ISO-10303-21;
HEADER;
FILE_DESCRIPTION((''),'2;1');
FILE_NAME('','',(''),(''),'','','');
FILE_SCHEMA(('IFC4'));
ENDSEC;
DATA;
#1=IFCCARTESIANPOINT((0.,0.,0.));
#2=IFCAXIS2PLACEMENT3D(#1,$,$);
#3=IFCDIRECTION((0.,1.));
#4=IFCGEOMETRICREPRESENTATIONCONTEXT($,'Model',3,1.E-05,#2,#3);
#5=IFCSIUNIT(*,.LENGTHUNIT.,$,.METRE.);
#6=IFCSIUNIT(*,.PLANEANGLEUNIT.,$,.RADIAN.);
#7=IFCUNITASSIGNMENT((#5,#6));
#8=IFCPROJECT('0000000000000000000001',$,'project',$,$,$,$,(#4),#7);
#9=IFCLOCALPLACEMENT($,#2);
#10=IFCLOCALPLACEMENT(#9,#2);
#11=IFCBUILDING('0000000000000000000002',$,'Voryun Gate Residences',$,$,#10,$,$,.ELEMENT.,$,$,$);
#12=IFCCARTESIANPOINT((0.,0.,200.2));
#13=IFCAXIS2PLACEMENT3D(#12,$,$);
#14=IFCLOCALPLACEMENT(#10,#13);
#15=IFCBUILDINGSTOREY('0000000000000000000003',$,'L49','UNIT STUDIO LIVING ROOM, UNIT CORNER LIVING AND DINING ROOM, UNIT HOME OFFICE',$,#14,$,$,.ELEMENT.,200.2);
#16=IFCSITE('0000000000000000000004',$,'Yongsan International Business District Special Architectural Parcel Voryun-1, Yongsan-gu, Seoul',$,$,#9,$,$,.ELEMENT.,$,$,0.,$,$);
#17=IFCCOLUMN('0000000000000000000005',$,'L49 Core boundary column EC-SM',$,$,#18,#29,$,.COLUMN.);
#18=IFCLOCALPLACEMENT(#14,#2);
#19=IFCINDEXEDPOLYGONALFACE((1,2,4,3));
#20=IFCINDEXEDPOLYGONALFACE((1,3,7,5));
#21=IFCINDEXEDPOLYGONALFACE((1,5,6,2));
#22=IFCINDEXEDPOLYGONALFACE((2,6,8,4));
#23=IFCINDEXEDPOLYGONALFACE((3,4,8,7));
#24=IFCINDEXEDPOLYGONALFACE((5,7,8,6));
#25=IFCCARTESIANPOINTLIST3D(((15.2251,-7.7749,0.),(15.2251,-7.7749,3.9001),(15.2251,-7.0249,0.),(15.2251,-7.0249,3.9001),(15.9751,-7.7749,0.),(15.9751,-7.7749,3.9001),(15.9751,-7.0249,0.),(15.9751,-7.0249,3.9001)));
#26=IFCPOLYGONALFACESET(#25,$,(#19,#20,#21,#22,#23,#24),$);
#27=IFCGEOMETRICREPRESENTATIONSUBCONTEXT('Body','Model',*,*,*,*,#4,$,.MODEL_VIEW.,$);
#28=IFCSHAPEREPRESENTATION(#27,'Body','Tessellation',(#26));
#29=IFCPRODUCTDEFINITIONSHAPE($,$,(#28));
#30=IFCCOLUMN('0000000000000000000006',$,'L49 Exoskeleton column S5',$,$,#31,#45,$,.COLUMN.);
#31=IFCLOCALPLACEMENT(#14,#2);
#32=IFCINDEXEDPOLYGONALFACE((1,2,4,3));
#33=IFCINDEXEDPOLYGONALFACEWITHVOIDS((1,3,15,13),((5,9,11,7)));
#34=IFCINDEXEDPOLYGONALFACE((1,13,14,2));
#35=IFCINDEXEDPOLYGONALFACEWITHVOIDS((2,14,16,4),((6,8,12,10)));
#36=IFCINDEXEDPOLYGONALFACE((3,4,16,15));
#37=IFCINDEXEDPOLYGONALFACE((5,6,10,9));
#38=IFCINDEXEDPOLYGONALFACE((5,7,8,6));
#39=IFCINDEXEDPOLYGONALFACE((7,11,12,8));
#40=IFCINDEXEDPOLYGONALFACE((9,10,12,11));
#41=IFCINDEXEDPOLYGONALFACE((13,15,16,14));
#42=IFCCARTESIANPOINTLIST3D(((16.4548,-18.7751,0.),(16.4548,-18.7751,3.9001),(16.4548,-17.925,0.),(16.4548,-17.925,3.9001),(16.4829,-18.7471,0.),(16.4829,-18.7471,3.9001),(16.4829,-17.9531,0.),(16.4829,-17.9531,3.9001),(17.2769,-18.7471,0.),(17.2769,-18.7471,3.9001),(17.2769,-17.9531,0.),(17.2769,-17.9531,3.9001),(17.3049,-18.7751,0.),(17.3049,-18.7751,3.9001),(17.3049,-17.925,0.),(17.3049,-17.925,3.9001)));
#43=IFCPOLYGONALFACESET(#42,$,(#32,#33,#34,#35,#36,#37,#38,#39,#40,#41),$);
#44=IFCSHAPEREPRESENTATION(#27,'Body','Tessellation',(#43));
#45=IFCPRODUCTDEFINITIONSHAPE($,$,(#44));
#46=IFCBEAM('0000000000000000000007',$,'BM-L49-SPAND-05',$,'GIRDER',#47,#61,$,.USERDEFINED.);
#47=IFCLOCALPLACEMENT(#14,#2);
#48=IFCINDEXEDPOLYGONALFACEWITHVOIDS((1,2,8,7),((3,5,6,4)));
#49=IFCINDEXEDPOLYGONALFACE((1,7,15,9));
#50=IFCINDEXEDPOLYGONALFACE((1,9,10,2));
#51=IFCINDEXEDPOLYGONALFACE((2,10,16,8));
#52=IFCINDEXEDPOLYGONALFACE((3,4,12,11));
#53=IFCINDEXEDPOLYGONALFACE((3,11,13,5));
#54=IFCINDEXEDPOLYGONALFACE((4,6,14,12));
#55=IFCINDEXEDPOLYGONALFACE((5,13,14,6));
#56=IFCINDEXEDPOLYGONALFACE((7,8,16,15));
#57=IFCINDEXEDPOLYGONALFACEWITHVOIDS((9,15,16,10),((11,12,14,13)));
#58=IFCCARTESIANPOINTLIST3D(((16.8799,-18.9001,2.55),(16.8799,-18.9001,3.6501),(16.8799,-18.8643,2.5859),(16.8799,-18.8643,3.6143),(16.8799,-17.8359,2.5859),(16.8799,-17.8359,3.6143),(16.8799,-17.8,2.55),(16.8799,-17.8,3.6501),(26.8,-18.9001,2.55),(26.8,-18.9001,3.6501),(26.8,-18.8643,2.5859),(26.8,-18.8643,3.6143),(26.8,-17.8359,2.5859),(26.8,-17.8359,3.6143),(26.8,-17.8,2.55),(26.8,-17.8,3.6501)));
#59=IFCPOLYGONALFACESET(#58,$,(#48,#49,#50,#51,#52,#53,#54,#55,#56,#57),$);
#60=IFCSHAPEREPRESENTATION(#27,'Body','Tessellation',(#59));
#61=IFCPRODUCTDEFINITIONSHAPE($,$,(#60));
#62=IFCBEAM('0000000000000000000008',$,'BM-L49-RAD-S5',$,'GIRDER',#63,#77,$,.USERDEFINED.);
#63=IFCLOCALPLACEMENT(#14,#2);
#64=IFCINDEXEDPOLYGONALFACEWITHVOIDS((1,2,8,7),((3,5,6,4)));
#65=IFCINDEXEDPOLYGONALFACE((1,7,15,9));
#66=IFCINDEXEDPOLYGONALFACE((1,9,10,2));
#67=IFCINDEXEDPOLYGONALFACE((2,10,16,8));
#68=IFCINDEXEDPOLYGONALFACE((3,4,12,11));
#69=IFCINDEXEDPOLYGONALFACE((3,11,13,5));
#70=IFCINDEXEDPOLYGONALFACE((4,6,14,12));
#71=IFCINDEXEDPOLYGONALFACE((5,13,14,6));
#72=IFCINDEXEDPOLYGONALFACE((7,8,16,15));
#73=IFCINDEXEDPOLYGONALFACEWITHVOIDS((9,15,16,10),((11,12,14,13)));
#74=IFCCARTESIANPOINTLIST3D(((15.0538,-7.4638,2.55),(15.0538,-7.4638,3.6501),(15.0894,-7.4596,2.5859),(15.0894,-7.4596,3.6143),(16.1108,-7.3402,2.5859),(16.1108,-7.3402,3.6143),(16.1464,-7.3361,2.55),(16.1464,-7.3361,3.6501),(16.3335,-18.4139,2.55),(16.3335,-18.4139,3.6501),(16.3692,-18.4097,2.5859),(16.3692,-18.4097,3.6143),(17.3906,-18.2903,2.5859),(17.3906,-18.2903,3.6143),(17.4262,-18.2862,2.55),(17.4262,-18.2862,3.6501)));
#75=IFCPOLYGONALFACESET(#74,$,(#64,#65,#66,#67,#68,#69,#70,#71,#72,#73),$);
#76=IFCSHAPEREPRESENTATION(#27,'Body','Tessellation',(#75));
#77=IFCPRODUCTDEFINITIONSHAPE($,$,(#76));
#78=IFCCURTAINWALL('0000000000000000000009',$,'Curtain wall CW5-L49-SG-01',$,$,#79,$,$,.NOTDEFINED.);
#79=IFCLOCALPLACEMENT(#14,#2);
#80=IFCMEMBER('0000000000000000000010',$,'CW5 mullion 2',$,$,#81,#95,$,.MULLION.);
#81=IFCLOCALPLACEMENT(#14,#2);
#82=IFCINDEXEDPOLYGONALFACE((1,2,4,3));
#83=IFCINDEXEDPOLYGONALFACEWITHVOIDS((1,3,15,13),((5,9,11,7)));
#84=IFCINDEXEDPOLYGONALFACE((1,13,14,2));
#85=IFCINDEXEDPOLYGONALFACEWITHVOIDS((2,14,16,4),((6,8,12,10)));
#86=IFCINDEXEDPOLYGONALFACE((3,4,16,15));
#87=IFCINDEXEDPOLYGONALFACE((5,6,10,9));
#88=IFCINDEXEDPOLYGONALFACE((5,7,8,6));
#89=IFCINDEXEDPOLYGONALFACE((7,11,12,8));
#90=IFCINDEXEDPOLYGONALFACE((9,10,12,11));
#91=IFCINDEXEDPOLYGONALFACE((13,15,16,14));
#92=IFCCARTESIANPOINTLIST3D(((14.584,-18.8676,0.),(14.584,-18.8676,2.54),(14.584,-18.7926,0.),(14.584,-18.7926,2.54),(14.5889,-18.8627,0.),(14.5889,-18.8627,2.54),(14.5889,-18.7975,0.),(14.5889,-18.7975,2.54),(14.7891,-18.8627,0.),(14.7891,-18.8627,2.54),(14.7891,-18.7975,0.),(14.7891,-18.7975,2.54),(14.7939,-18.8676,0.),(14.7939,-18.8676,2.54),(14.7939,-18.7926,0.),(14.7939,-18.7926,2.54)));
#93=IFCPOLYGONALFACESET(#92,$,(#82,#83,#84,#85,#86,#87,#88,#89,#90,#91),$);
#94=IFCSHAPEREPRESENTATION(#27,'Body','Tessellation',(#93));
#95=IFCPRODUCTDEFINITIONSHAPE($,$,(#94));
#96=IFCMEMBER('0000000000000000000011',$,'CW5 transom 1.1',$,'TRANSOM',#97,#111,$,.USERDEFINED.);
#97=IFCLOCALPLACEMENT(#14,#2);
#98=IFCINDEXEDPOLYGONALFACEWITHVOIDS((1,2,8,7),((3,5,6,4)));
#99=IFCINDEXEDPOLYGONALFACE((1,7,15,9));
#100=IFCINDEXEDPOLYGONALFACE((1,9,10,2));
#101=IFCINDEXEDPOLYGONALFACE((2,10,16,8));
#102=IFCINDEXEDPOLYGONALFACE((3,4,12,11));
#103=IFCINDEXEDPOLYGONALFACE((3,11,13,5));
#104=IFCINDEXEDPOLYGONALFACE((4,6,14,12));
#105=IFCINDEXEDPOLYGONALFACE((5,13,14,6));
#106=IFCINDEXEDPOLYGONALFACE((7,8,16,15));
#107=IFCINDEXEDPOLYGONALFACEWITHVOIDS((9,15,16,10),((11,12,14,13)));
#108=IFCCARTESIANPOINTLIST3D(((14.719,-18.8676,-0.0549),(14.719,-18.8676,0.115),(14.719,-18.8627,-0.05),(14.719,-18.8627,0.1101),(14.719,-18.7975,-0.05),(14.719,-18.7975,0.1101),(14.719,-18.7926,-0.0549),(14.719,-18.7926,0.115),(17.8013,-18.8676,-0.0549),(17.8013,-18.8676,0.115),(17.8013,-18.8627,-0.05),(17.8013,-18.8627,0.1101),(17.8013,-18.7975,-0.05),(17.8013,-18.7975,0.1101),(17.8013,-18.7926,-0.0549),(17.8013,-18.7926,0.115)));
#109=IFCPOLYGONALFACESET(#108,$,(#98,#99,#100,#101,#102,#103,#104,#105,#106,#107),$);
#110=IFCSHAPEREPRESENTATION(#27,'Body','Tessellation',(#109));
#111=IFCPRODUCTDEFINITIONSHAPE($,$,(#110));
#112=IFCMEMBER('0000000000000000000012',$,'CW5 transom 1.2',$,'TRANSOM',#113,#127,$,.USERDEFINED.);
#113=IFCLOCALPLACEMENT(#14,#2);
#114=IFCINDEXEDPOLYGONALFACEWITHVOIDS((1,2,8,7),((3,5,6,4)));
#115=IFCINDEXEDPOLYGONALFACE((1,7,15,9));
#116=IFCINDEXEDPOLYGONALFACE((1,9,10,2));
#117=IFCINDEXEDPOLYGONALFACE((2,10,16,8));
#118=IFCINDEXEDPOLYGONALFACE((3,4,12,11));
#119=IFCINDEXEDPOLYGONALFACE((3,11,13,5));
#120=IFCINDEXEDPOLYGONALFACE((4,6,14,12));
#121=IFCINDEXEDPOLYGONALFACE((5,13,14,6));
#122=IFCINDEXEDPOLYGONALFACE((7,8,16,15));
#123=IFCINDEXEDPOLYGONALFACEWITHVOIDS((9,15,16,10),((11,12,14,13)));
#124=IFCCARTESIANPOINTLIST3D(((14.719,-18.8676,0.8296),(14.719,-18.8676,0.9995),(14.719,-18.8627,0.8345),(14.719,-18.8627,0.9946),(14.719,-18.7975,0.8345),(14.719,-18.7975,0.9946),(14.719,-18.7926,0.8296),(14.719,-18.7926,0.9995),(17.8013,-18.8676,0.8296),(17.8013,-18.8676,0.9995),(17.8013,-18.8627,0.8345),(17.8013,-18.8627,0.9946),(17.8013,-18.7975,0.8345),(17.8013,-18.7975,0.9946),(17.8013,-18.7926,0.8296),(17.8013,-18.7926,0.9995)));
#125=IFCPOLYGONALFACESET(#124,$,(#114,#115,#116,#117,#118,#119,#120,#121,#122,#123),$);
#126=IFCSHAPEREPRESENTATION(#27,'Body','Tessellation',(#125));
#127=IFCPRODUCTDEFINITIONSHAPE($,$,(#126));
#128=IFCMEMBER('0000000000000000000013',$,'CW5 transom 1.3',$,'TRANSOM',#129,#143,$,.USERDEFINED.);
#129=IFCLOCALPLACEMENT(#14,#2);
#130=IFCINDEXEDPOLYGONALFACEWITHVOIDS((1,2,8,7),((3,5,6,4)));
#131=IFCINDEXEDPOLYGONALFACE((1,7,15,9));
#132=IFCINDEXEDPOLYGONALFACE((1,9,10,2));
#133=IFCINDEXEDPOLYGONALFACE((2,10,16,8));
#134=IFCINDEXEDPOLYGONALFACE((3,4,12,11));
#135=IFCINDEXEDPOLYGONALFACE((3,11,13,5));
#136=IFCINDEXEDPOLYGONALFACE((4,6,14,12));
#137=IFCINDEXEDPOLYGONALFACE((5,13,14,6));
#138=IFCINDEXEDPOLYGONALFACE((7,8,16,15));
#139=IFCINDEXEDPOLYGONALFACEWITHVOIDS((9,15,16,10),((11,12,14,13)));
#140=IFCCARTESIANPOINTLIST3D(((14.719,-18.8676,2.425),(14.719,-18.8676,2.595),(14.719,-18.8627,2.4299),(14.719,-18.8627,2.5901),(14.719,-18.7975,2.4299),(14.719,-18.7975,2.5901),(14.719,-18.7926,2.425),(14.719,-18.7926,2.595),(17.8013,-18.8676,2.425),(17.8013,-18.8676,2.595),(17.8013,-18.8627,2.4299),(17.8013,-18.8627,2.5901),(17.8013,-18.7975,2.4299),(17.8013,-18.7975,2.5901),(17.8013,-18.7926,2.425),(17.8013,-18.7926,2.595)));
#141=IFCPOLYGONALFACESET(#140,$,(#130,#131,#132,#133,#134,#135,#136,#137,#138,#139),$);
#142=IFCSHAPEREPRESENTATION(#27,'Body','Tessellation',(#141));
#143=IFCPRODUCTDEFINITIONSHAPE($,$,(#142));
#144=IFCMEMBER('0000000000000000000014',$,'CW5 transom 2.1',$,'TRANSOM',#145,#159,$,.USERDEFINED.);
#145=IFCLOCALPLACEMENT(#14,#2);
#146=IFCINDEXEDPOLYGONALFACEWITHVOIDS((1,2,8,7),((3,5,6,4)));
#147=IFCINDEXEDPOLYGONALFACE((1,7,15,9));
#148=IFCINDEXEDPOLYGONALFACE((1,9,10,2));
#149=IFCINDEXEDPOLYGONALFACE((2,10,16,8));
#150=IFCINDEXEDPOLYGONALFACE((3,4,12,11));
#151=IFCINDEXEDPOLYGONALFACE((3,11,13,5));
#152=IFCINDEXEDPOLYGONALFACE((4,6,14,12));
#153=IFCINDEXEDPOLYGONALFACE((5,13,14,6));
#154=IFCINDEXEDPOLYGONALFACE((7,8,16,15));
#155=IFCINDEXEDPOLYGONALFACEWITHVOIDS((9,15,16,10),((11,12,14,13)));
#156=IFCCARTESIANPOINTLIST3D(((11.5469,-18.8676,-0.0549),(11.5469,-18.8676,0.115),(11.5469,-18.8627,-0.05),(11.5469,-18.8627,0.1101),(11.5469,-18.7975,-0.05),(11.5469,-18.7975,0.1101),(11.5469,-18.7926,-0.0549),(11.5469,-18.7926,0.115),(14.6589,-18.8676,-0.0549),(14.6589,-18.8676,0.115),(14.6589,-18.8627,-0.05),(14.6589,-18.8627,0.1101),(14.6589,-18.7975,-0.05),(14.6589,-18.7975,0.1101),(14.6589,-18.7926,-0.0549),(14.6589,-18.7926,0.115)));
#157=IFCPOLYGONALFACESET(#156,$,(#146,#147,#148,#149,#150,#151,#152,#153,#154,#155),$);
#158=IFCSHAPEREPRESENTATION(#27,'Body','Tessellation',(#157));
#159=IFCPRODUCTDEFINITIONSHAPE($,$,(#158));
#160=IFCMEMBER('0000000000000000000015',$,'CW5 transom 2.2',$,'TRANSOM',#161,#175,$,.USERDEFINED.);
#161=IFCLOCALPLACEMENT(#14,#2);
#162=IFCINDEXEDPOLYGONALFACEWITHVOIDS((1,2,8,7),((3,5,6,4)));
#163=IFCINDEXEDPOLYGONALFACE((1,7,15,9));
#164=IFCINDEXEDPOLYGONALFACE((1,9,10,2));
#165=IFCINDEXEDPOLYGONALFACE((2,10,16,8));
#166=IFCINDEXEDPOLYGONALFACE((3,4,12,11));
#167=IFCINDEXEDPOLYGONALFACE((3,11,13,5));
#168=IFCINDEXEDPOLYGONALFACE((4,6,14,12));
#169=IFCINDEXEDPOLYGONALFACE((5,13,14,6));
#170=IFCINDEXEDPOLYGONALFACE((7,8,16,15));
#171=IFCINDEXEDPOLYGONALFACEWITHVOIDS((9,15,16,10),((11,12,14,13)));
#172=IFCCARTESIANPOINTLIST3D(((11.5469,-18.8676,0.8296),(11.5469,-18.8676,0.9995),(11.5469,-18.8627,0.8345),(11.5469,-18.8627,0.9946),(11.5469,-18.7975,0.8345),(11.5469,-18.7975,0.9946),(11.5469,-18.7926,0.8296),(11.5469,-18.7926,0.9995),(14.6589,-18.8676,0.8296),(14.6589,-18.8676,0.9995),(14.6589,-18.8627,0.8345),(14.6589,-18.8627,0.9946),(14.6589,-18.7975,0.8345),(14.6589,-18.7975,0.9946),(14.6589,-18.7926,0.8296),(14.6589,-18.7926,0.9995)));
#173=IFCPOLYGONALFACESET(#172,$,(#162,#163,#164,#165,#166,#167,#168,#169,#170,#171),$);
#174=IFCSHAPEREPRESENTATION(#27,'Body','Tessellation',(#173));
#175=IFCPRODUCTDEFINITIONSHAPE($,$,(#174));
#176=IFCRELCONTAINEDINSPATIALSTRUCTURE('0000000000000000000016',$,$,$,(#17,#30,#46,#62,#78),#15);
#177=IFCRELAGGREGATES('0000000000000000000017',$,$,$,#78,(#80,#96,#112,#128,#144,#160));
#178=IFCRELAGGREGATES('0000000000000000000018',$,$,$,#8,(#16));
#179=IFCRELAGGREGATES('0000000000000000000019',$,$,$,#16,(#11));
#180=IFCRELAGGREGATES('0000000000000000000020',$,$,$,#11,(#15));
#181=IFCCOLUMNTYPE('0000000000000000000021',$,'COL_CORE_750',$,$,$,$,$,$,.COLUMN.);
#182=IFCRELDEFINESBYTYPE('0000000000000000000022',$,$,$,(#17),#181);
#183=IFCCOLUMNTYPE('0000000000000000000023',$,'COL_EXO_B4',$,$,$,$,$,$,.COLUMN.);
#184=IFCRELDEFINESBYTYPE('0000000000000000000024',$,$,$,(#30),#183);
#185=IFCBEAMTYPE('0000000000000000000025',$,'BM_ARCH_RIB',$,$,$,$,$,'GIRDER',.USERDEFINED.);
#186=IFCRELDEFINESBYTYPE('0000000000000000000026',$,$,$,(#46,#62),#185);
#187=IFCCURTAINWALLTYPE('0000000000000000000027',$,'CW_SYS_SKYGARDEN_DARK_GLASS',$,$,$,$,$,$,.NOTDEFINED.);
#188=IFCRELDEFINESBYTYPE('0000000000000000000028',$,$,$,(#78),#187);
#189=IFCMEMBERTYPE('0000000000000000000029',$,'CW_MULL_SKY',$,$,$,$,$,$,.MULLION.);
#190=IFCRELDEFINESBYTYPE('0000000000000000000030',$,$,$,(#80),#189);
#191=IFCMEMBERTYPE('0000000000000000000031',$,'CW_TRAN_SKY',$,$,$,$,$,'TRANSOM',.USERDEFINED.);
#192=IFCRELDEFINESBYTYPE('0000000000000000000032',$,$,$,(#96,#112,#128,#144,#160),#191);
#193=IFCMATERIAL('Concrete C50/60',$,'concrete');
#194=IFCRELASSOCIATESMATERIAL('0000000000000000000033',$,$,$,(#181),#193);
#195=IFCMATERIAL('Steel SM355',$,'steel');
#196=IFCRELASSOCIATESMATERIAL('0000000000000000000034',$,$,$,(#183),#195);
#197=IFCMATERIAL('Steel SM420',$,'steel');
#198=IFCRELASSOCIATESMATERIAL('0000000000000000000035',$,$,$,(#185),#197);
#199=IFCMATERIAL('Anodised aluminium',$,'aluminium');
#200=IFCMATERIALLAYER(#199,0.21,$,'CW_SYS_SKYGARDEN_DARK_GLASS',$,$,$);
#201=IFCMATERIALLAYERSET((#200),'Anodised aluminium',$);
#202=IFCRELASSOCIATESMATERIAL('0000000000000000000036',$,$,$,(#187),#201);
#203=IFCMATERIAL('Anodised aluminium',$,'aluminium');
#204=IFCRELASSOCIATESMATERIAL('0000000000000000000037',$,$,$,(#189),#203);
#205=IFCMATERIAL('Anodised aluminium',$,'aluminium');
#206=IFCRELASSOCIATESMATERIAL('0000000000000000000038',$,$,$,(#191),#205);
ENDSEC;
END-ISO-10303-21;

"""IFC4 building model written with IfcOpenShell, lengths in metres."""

from ifc_helpers import new_model, si_unit, direction, frame, origin, origin_2d, place, context, subcontext, project, spatial, rectangle, hollow_rectangle, extrude, material, layer, layer_set, material_profile, profile_set, type_object, element, aggregate, save


model = new_model("IFC4")

# Units and contexts
model_context = context("Model", 3, precision=1e-05, world=origin(), true_north=direction((0.0, 1.0)))
body_context = subcontext(model_context, "Body", "Model", "MODEL_VIEW")
ifc_project = project(units=[si_unit("LENGTHUNIT", "METRE"), si_unit("PLANEANGLEUNIT", "RADIAN")], contexts=[model_context])

# Site, building, storey
site_placement = place(None, origin())
site = spatial("IfcSite", under=ifc_project, at=site_placement, Name="Yongsan International Business District Special Architectural Parcel Voryun-1, Yongsan-gu, Seoul", CompositionType="ELEMENT", RefElevation=0.0)
building_placement = place(site_placement, origin())
building = spatial("IfcBuilding", under=site, at=building_placement, Name="Voryun Gate Residences", CompositionType="ELEMENT")
storey_placement = place(building_placement, frame((0.0, 0.0, 200.2)))
storey = spatial("IfcBuildingStorey", under=building, at=storey_placement, Name="L49", Description="UNIT STUDIO LIVING ROOM, UNIT CORNER LIVING AND DINING ROOM, UNIT HOME OFFICE", CompositionType="ELEMENT", Elevation=200.2)

# Columns
ifc_material_1 = material(Name="Concrete C50/60", Category="concrete")
ifc_material_profile_1 = material_profile(ifc_material_1, rectangle(XDim=0.75, YDim=0.75, at=origin_2d()), Name="RC-750x750")
ifc_profile_set_1 = profile_set([ifc_material_profile_1], Name="Concrete C50/60")
column_type_1 = type_object("IfcColumnType", Name="COL_CORE_750", PredefinedType="COLUMN", material=ifc_profile_set_1)
column_1_placement = place(storey_placement, frame((15.6001, -7.3999, 0.0), z_axis=(0.0, 0.0, 1.0), x_axis=(1.0, 0.0, 0.0)))
element("IfcColumn", 1, at=column_1_placement, inside=storey, type_object=column_type_1, Name="L49 Core boundary column EC-SM", PredefinedType="COLUMN", context=body_context, shape_type="SweptSolid", body=[
    extrude(rectangle(XDim=0.75, YDim=0.75, at=origin_2d()), origin(), (0.0, 0.0, 1.0), 3.9001),
])
ifc_material_2 = material(Name="Steel SM355", Category="steel")
ifc_material_profile_2 = material_profile(ifc_material_2, hollow_rectangle(XDim=0.8501, YDim=0.8501, WallThickness=0.0281, at=origin_2d()), Name="BOX-850x850x28")
ifc_profile_set_2 = profile_set([ifc_material_profile_2], Name="Steel SM355")
column_type_2 = type_object("IfcColumnType", Name="COL_EXO_B4", PredefinedType="COLUMN", material=ifc_profile_set_2)
column_2_placement = place(storey_placement, frame((16.8799, -18.3501, 0.0), z_axis=(0.0, 0.0, 1.0), x_axis=(1.0, 0.0, 0.0)))
element("IfcColumn", 2, at=column_2_placement, inside=storey, type_object=column_type_2, Name="L49 Exoskeleton column S5", PredefinedType="COLUMN", context=body_context, shape_type="SweptSolid", body=[
    extrude(hollow_rectangle(XDim=0.8501, YDim=0.8501, WallThickness=0.0281, at=origin_2d()), origin(), (0.0, 0.0, 1.0), 3.9001),
])

# Beams
ifc_material_3 = material(Name="Steel SM420", Category="steel")
ifc_material_profile_3 = material_profile(ifc_material_3, hollow_rectangle(XDim=1.1001, YDim=1.1001, WallThickness=0.0359, at=origin_2d()), Name="BOX-1100x1100x36")
ifc_profile_set_3 = profile_set([ifc_material_profile_3], Name="Steel SM420")
beam_type = type_object("IfcBeamType", Name="BM_ARCH_RIB", ElementType="GIRDER", PredefinedType="USERDEFINED", material=ifc_profile_set_3)
beam_1_placement = place(storey_placement, frame((16.8799, -18.3501, 3.1001), z_axis=(1.0, 0.0, 0.0), x_axis=(0.0, 1.0, 0.0)))
element("IfcBeam", 3, at=beam_1_placement, inside=storey, type_object=beam_type, Name="BM-L49-SPAND-05", ObjectType="GIRDER", PredefinedType="USERDEFINED", context=body_context, shape_type="SweptSolid", body=[
    extrude(hollow_rectangle(XDim=1.1001, YDim=1.1001, WallThickness=0.0359, at=origin_2d()), origin(), (0.0, 0.0, 1.0), 9.9202),
])
beam_2_placement = place(storey_placement, frame((15.6001, -7.3999, 3.1001), z_axis=(0.116083, -0.993239, 0.0), x_axis=(0.993239, 0.116083, 0.0)))
element("IfcBeam", 4, at=beam_2_placement, inside=storey, type_object=beam_type, Name="BM-L49-RAD-S5", ObjectType="GIRDER", PredefinedType="USERDEFINED", context=body_context, shape_type="SweptSolid", body=[
    extrude(hollow_rectangle(XDim=1.1001, YDim=1.1001, WallThickness=0.0359, at=origin_2d()), origin(), (0.0, 0.0, 1.0), 11.0247),
])

# Curtain wall, members
ifc_material_4 = material(Name="Anodised aluminium", Category="aluminium")
ifc_layer_1 = layer(ifc_material_4, 0.21, Name="CW_SYS_SKYGARDEN_DARK_GLASS")
ifc_layer_set_1 = layer_set([ifc_layer_1], Name="Anodised aluminium")
curtain_wall_type = type_object("IfcCurtainWallType", Name="CW_SYS_SKYGARDEN_DARK_GLASS", PredefinedType="NOTDEFINED", material=ifc_layer_set_1)
curtain_wall_placement = place(storey_placement, origin())
curtain_wall = element("IfcCurtainWall", 5, at=curtain_wall_placement, inside=storey, type_object=curtain_wall_type, Name="Curtain wall CW5-L49-SG-01", PredefinedType="NOTDEFINED")
ifc_material_5 = material(Name="Anodised aluminium", Category="aluminium")
ifc_material_profile_4 = material_profile(ifc_material_5, hollow_rectangle(XDim=0.075, YDim=0.21, WallThickness=0.0049, at=origin_2d()), Name="ALU-MULL-210x75x5")
ifc_profile_set_4 = profile_set([ifc_material_profile_4], Name="Anodised aluminium")
member_type_1 = type_object("IfcMemberType", Name="CW_MULL_SKY", PredefinedType="MULLION", material=ifc_profile_set_4)
member_1_placement = place(storey_placement, frame((14.689, -18.8301, 0.0), z_axis=(0.0, 0.0, 1.0), x_axis=(0.0, -1.0, 0.0)))
member_1 = element("IfcMember", 6, at=member_1_placement, type_object=member_type_1, Name="CW5 mullion 2", PredefinedType="MULLION", context=body_context, shape_type="SweptSolid", body=[
    extrude(hollow_rectangle(XDim=0.075, YDim=0.21, WallThickness=0.0049, at=origin_2d()), origin(), (0.0, 0.0, 1.0), 2.54),
])
ifc_material_6 = material(Name="Anodised aluminium", Category="aluminium")
ifc_material_profile_5 = material_profile(ifc_material_6, hollow_rectangle(XDim=0.075, YDim=0.1699, WallThickness=0.0049, at=origin_2d()), Name="ALU-TRAN-170x75x5")
ifc_profile_set_5 = profile_set([ifc_material_profile_5], Name="Anodised aluminium")
member_type_2 = type_object("IfcMemberType", Name="CW_TRAN_SKY", ElementType="TRANSOM", PredefinedType="USERDEFINED", material=ifc_profile_set_5)
member_2_placement = place(storey_placement, frame((17.8013, -18.8301, 0.03), z_axis=(-1.0, 0.0, 0.0), x_axis=(0.0, -1.0, 0.0)))
member_2 = element("IfcMember", 7, at=member_2_placement, type_object=member_type_2, Name="CW5 transom 1.1", ObjectType="TRANSOM", PredefinedType="USERDEFINED", context=body_context, shape_type="SweptSolid", body=[
    extrude(hollow_rectangle(XDim=0.075, YDim=0.1699, WallThickness=0.0049, at=origin_2d()), origin(), (0.0, 0.0, 1.0), 3.0823),
])
member_3_placement = place(storey_placement, frame((17.8013, -18.8301, 0.9146), z_axis=(-1.0, 0.0, 0.0), x_axis=(0.0, -1.0, 0.0)))
member_3 = element("IfcMember", 8, at=member_3_placement, type_object=member_type_2, Name="CW5 transom 1.2", ObjectType="TRANSOM", PredefinedType="USERDEFINED", context=body_context, shape_type="SweptSolid", body=[
    extrude(hollow_rectangle(XDim=0.075, YDim=0.1699, WallThickness=0.0049, at=origin_2d()), origin(), (0.0, 0.0, 1.0), 3.0823),
])
member_4_placement = place(storey_placement, frame((17.8013, -18.8301, 2.51), z_axis=(-1.0, 0.0, 0.0), x_axis=(0.0, -1.0, 0.0)))
member_4 = element("IfcMember", 9, at=member_4_placement, type_object=member_type_2, Name="CW5 transom 1.3", ObjectType="TRANSOM", PredefinedType="USERDEFINED", context=body_context, shape_type="SweptSolid", body=[
    extrude(hollow_rectangle(XDim=0.075, YDim=0.1699, WallThickness=0.0049, at=origin_2d()), origin(), (0.0, 0.0, 1.0), 3.0823),
])
member_5_placement = place(storey_placement, frame((14.6589, -18.8301, 0.03), z_axis=(-1.0, 0.0, 0.0), x_axis=(0.0, -1.0, 0.0)))
member_5 = element("IfcMember", 10, at=member_5_placement, type_object=member_type_2, Name="CW5 transom 2.1", ObjectType="TRANSOM", PredefinedType="USERDEFINED", context=body_context, shape_type="SweptSolid", body=[
    extrude(hollow_rectangle(XDim=0.075, YDim=0.1699, WallThickness=0.0049, at=origin_2d()), origin(), (0.0, 0.0, 1.0), 3.1121),
])
member_6_placement = place(storey_placement, frame((14.6589, -18.8301, 0.9146), z_axis=(-1.0, 0.0, 0.0), x_axis=(0.0, -1.0, 0.0)))
member_6 = element("IfcMember", 11, at=member_6_placement, type_object=member_type_2, Name="CW5 transom 2.2", ObjectType="TRANSOM", PredefinedType="USERDEFINED", context=body_context, shape_type="SweptSolid", body=[
    extrude(hollow_rectangle(XDim=0.075, YDim=0.1699, WallThickness=0.0049, at=origin_2d()), origin(), (0.0, 0.0, 1.0), 3.1121),
])

aggregate(curtain_wall, [member_1, member_2, member_3, member_4, member_5, member_6])

save(model, "model.ifc")
